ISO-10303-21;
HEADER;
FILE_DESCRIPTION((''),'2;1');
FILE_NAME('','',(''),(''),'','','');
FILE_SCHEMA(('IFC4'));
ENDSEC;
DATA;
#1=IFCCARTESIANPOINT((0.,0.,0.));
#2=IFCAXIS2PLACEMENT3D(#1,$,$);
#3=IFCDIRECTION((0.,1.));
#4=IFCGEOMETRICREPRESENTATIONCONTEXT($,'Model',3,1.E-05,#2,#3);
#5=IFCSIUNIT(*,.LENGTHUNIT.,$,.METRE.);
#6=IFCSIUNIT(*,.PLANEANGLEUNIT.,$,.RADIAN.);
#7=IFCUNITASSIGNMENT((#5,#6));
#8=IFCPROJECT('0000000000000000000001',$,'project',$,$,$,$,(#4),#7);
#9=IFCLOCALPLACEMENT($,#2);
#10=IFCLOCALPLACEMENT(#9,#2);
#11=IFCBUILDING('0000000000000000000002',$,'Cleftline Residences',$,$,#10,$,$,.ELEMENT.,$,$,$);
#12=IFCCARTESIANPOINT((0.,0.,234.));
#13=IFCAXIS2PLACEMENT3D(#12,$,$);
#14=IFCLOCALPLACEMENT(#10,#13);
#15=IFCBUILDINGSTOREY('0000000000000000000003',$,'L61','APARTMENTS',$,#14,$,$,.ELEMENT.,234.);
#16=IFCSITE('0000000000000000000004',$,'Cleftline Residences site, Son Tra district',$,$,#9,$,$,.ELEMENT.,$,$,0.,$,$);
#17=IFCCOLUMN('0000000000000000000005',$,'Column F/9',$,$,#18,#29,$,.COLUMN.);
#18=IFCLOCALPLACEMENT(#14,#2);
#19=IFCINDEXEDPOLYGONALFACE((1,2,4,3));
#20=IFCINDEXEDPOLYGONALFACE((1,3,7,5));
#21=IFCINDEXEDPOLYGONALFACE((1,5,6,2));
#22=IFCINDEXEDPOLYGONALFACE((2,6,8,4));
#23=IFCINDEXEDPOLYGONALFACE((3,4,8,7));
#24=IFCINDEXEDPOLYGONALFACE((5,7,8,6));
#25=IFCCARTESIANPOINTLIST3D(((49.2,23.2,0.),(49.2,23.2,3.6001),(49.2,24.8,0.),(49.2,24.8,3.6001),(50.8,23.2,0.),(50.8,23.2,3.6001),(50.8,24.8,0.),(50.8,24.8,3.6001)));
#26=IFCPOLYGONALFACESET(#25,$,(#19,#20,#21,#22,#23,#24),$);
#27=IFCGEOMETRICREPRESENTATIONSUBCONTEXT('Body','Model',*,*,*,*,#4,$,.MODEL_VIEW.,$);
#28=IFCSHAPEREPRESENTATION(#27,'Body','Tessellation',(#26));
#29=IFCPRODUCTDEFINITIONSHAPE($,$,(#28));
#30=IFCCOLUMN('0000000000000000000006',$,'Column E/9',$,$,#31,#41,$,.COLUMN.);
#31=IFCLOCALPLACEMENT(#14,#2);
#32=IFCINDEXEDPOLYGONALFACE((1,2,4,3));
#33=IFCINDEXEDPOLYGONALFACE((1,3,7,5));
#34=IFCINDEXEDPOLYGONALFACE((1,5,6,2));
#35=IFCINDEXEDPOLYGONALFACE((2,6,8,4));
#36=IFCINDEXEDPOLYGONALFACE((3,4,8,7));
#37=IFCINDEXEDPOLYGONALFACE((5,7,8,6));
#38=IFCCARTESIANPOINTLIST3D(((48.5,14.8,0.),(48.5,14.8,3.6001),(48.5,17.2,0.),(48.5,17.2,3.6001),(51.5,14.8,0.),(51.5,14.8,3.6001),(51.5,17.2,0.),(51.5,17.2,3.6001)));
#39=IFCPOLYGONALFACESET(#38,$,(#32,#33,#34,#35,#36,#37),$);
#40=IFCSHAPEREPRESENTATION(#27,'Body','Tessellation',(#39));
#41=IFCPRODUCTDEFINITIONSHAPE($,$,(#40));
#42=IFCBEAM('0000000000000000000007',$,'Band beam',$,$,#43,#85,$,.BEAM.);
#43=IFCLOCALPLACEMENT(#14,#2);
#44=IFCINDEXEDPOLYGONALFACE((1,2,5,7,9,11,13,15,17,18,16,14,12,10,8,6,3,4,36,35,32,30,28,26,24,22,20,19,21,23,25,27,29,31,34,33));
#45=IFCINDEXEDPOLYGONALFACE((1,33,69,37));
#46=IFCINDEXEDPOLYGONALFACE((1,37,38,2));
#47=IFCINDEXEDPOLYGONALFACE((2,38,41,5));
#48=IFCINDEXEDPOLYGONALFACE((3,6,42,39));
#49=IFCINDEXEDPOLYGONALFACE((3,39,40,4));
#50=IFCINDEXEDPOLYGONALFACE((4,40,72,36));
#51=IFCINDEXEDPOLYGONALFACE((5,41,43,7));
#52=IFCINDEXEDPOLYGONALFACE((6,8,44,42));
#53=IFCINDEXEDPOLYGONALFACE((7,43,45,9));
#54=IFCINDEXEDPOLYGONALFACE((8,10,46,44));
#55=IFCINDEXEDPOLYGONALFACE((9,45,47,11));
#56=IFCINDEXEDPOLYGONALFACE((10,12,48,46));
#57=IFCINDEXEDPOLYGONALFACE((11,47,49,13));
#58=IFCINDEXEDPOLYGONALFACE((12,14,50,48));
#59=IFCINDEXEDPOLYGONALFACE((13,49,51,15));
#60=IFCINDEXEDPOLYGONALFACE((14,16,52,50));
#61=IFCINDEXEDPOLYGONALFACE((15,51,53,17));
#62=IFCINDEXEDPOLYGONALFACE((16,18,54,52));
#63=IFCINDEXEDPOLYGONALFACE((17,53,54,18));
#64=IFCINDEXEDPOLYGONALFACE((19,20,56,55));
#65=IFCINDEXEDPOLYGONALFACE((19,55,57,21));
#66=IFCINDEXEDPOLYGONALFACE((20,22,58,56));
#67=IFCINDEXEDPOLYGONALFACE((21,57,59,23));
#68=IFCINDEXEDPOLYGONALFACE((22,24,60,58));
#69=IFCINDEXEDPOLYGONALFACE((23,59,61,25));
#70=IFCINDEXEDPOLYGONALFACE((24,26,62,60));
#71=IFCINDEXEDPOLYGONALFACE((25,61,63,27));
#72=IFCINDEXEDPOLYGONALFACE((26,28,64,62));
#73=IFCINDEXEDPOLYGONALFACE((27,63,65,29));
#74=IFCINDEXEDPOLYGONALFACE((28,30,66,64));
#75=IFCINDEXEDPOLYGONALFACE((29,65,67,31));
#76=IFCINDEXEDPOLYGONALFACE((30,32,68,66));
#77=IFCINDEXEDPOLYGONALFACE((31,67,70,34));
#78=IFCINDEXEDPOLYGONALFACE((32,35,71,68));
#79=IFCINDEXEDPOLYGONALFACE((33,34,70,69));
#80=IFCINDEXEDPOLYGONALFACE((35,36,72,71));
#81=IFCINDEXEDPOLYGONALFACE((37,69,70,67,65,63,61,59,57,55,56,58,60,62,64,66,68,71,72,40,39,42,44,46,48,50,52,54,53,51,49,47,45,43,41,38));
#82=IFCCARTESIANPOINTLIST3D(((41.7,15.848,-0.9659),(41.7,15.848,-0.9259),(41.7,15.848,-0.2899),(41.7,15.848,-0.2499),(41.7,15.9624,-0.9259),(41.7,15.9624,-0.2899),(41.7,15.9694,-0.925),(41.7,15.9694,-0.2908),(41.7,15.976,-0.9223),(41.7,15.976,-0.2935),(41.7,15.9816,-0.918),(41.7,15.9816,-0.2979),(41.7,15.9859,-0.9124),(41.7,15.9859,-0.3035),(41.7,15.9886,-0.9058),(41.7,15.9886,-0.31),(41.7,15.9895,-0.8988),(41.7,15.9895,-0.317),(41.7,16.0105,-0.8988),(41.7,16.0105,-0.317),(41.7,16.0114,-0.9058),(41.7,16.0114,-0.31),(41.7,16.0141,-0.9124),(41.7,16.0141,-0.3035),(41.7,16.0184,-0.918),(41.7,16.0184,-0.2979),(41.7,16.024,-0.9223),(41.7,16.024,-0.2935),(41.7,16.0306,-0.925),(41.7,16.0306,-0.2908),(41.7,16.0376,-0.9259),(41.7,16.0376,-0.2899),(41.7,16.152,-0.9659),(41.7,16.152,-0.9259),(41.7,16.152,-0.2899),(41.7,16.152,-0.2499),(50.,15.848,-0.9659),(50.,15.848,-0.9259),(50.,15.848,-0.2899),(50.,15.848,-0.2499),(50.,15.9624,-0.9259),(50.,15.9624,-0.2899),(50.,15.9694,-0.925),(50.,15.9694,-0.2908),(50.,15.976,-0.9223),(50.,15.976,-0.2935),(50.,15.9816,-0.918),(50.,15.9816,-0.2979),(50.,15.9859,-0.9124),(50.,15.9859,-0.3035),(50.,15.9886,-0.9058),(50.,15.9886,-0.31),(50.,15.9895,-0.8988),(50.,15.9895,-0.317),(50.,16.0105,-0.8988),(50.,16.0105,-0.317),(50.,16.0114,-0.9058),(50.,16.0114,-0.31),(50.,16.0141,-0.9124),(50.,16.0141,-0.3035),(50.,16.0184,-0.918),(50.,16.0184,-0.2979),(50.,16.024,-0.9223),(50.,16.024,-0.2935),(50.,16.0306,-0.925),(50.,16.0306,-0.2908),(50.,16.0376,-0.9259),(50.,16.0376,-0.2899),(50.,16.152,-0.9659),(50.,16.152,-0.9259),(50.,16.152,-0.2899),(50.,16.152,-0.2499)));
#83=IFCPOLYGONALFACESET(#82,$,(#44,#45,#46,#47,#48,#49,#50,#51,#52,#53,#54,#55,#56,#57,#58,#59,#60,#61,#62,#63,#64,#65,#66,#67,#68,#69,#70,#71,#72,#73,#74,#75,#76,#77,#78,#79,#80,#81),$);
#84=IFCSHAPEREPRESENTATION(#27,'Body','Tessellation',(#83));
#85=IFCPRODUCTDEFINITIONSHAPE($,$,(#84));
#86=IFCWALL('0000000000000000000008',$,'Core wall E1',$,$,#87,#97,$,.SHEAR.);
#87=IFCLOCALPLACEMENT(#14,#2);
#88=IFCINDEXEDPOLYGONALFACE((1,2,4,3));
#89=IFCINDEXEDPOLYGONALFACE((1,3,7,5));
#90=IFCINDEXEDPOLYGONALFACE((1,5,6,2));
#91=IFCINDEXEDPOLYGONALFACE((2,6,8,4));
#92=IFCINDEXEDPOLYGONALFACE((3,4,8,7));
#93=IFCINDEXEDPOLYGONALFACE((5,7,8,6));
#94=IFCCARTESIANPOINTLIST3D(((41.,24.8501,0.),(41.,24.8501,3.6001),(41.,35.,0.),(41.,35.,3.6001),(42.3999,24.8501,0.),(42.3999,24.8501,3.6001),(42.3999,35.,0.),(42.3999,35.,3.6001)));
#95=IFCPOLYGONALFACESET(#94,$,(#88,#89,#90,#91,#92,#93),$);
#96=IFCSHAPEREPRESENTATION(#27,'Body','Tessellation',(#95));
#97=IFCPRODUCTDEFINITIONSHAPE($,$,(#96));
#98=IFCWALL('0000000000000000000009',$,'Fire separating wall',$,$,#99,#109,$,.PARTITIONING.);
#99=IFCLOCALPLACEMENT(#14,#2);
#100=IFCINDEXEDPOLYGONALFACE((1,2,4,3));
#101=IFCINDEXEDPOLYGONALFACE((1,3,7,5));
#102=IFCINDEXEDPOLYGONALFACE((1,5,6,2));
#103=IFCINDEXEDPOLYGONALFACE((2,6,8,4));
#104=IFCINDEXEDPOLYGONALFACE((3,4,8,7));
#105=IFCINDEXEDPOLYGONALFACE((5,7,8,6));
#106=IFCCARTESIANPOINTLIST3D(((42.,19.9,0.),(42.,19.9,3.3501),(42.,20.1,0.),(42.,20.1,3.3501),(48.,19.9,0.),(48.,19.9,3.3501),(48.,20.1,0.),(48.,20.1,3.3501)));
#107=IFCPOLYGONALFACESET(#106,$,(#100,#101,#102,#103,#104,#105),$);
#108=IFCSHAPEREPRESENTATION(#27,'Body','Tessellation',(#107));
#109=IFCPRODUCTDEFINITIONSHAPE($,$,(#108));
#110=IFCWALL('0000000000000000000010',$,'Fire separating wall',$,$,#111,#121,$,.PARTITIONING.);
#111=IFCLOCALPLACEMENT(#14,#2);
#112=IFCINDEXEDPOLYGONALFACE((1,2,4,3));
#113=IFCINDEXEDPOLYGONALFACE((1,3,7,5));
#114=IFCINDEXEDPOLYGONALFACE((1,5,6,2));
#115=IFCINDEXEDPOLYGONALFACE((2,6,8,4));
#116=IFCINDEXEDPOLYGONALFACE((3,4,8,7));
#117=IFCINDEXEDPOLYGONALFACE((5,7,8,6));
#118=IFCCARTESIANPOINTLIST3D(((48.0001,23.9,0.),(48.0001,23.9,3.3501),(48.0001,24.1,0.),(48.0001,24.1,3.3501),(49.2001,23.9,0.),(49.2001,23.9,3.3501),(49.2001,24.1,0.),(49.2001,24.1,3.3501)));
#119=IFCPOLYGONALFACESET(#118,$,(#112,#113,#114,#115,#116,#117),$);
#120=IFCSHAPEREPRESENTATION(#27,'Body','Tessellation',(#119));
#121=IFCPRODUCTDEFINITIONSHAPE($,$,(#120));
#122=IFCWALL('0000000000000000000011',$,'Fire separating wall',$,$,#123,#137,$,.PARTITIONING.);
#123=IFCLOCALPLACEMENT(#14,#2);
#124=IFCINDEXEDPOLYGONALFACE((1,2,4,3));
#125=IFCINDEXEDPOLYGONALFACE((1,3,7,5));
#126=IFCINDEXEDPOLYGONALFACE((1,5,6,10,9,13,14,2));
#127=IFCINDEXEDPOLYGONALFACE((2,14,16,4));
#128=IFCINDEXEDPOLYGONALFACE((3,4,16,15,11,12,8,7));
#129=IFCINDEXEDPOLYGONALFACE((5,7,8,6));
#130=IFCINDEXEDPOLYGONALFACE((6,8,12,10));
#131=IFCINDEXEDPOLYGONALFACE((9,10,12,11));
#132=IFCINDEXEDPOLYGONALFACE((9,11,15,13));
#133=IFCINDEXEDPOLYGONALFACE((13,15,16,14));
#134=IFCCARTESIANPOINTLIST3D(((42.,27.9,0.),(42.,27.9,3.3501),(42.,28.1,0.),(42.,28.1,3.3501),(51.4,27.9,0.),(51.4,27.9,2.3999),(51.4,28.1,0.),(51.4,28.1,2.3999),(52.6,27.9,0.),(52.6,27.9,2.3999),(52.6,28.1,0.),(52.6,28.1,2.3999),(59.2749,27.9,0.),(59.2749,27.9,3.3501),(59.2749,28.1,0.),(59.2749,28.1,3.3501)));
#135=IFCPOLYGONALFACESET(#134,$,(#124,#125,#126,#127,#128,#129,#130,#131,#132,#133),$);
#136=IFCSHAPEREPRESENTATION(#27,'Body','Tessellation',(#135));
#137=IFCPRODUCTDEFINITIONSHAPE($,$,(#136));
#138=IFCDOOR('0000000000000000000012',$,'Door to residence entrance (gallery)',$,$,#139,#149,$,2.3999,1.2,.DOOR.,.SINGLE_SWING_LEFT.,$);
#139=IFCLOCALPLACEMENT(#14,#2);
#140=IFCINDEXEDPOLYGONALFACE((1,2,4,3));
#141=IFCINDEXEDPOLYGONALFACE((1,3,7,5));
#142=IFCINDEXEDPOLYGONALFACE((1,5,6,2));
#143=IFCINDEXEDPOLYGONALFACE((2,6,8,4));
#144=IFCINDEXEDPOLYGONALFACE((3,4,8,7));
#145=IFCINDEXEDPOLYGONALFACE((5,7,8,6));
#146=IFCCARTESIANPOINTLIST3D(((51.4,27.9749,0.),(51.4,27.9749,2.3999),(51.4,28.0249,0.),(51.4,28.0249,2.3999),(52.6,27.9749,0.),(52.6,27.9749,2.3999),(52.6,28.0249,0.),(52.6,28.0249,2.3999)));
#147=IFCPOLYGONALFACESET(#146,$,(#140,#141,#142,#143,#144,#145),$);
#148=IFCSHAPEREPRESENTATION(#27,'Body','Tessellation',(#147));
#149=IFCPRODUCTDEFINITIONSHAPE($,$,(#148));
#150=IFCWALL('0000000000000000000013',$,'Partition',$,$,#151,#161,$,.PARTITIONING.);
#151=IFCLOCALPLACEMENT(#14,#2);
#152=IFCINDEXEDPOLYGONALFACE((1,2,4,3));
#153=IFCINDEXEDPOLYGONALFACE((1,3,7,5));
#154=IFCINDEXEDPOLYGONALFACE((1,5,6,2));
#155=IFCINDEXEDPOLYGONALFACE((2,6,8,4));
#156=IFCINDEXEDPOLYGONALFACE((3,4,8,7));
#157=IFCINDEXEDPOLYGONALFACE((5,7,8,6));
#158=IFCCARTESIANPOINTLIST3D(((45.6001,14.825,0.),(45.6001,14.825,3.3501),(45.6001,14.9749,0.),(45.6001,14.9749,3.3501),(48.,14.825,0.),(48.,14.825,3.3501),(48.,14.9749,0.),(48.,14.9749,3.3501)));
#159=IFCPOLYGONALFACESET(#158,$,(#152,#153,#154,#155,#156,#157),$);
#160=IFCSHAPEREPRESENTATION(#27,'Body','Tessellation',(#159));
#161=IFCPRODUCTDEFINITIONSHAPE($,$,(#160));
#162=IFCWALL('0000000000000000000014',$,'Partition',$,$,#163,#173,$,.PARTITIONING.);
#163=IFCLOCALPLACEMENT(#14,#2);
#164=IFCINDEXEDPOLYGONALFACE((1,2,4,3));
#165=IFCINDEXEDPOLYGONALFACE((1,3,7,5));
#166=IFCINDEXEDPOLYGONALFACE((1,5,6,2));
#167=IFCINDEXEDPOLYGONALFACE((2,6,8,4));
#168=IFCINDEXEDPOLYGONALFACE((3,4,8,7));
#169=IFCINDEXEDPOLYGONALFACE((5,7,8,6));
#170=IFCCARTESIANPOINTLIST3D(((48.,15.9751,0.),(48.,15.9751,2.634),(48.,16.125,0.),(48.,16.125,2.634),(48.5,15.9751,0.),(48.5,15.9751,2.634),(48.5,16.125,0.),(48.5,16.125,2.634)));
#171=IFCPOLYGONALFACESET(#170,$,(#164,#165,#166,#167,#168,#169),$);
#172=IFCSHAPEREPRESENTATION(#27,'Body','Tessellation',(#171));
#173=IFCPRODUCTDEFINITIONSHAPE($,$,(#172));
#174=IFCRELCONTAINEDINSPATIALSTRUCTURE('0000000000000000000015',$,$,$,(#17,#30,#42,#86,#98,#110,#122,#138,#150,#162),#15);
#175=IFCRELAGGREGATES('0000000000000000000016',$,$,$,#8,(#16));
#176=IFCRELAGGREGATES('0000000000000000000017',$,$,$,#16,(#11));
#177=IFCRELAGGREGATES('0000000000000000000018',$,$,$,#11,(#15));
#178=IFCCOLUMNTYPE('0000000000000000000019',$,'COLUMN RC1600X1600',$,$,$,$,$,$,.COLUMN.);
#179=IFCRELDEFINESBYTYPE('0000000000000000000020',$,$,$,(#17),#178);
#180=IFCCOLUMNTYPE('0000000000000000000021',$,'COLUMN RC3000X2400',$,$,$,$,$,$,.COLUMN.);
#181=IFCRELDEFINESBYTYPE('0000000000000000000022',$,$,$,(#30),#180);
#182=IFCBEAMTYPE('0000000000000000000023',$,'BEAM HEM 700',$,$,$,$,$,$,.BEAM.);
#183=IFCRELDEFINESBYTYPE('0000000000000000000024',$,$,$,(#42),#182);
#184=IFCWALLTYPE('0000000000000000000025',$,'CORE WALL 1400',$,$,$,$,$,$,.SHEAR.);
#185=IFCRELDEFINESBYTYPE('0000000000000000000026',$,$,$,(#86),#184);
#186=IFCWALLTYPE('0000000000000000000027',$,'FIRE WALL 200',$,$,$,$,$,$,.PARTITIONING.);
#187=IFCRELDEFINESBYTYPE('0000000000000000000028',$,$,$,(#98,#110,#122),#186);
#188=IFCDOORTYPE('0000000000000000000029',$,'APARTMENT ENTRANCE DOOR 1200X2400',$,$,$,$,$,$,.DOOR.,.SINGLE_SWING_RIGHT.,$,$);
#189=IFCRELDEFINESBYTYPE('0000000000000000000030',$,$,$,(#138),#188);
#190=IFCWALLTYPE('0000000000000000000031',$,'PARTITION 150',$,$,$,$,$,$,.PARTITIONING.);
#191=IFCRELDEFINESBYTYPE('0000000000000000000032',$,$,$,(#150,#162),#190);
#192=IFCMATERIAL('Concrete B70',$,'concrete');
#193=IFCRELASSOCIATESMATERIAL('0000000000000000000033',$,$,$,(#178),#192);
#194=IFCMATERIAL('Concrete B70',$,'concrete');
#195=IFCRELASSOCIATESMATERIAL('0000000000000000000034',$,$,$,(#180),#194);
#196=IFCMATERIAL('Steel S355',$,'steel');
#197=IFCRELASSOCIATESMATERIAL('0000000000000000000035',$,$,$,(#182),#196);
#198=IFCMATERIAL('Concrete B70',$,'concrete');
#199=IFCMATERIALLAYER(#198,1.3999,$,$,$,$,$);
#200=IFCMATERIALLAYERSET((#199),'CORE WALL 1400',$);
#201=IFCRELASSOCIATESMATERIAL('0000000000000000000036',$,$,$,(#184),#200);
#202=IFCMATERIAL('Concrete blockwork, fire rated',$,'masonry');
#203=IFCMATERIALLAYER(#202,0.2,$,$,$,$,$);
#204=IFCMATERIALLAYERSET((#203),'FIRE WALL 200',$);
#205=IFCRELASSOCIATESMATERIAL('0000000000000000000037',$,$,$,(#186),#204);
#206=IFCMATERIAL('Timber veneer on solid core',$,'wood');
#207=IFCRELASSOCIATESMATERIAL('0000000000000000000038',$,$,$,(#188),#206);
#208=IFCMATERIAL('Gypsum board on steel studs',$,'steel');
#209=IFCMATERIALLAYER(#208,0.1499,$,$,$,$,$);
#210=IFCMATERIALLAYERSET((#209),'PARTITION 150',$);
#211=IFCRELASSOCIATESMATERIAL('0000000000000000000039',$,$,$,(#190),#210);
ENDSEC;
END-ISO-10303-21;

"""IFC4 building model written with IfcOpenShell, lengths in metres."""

from ifc_helpers import new_model, si_unit, direction, frame, frame_2d, origin, origin_2d, place, context, subcontext, project, spatial, rectangle, i_section, extrude, material, layer, layer_set, material_profile, profile_set, type_object, element, fill, save


model = new_model("IFC4")

# Units and contexts
model_context = context("Model", 3, precision=1e-05, world=origin(), true_north=direction((0.0, 1.0)))
body_context = subcontext(model_context, "Body", "Model", "MODEL_VIEW")
ifc_project = project(units=[si_unit("LENGTHUNIT", "METRE"), si_unit("PLANEANGLEUNIT", "RADIAN")], contexts=[model_context])

# Site, building, storey
site_placement = place(None, origin())
site = spatial("IfcSite", under=ifc_project, at=site_placement, Name="Cleftline Residences site, Son Tra district", CompositionType="ELEMENT", RefElevation=0.0)
building_placement = place(site_placement, origin())
building = spatial("IfcBuilding", under=site, at=building_placement, Name="Cleftline Residences", CompositionType="ELEMENT")
storey_placement = place(building_placement, frame((0.0, 0.0, 234.0)))
storey = spatial("IfcBuildingStorey", under=building, at=storey_placement, Name="L61", Description="APARTMENTS", CompositionType="ELEMENT", Elevation=234.0)

# Columns
ifc_material_1 = material(Name="Concrete B70", Category="concrete")
ifc_material_profile_1 = material_profile(ifc_material_1, rectangle(XDim=1.6001, YDim=1.6001, at=origin_2d()))
ifc_profile_set_1 = profile_set([ifc_material_profile_1], Name="Concrete B70")
column_type_1 = type_object("IfcColumnType", Name="COLUMN RC1600X1600", PredefinedType="COLUMN", material=ifc_profile_set_1)
column_1_placement = place(storey_placement, frame((50.0, 24.0, 0.0), z_axis=(0.0, 0.0, 1.0), x_axis=(1.0, 0.0, 0.0)))
element("IfcColumn", 1, at=column_1_placement, inside=storey, type_object=column_type_1, Name="Column F/9", PredefinedType="COLUMN", context=body_context, shape_type="SweptSolid", body=[
    extrude(rectangle(XDim=1.6001, YDim=1.6001, at=origin_2d()), origin(), (0.0, 0.0, 1.0), 3.6001),
])
ifc_material_2 = material(Name="Concrete B70", Category="concrete")
ifc_material_profile_2 = material_profile(ifc_material_2, rectangle(XDim=3.0, YDim=2.3999, at=origin_2d()))
ifc_profile_set_2 = profile_set([ifc_material_profile_2], Name="Concrete B70")
column_type_2 = type_object("IfcColumnType", Name="COLUMN RC3000X2400", PredefinedType="COLUMN", material=ifc_profile_set_2)
column_2_placement = place(storey_placement, frame((50.0, 16.0, 0.0), z_axis=(0.0, 0.0, 1.0), x_axis=(1.0, 0.0, 0.0)))
element("IfcColumn", 2, at=column_2_placement, inside=storey, type_object=column_type_2, Name="Column E/9", PredefinedType="COLUMN", context=body_context, shape_type="SweptSolid", body=[
    extrude(rectangle(XDim=3.0, YDim=2.3999, at=origin_2d()), origin(), (0.0, 0.0, 1.0), 3.6001),
])

# Beam
ifc_material_3 = material(Name="Steel S355", Category="steel")
ifc_material_profile_3 = material_profile(ifc_material_3, i_section(OverallWidth=0.304, OverallDepth=0.7161, WebThickness=0.021, FlangeThickness=0.04, FilletRadius=0.0271, at=origin_2d()))
ifc_profile_set_3 = profile_set([ifc_material_profile_3], Name="Steel S355")
beam_type = type_object("IfcBeamType", Name="BEAM HEM 700", PredefinedType="BEAM", material=ifc_profile_set_3)
beam_placement = place(storey_placement, frame((50.0, 16.0, -0.6079), z_axis=(-1.0, 0.0, 0.0), x_axis=(0.0, -1.0, 0.0)))
element("IfcBeam", 3, at=beam_placement, inside=storey, type_object=beam_type, Name="Band beam", PredefinedType="BEAM", context=body_context, shape_type="SweptSolid", body=[
    extrude(i_section(OverallWidth=0.304, OverallDepth=0.7161, WebThickness=0.021, FlangeThickness=0.04, FilletRadius=0.0271, at=origin_2d()), origin(), (0.0, 0.0, 1.0), 8.3),
])

# Walls
ifc_material_4 = material(Name="Concrete B70", Category="concrete")
ifc_layer_1 = layer(ifc_material_4, 1.3999)
ifc_layer_set_1 = layer_set([ifc_layer_1], Name="CORE WALL 1400")
wall_type_1 = type_object("IfcWallType", Name="CORE WALL 1400", PredefinedType="SHEAR", material=ifc_layer_set_1)
wall_1_placement = place(storey_placement, frame((41.7, 24.8501, 0.0), z_axis=(0.0, 0.0, 1.0), x_axis=(0.0, 1.0, 0.0)))
element("IfcWall", 4, at=wall_1_placement, inside=storey, type_object=wall_type_1, Name="Core wall E1", PredefinedType="SHEAR", context=body_context, shape_type="SweptSolid", body=[
    extrude(rectangle(XDim=10.1499, YDim=1.3999, at=frame_2d((5.075, 0.0))), origin(), (0.0, 0.0, 1.0), 3.6001),
])
ifc_material_5 = material(Name="Concrete blockwork, fire rated", Category="masonry")
ifc_layer_2 = layer(ifc_material_5, 0.2)
ifc_layer_set_2 = layer_set([ifc_layer_2], Name="FIRE WALL 200")
wall_type_2 = type_object("IfcWallType", Name="FIRE WALL 200", PredefinedType="PARTITIONING", material=ifc_layer_set_2)
wall_2_placement = place(storey_placement, frame((42.0, 20.0, 0.0), z_axis=(0.0, 0.0, 1.0), x_axis=(1.0, 0.0, 0.0)))
element("IfcWall", 5, at=wall_2_placement, inside=storey, type_object=wall_type_2, Name="Fire separating wall", PredefinedType="PARTITIONING", context=body_context, shape_type="SweptSolid", body=[
    extrude(rectangle(XDim=6.0, YDim=0.2, at=frame_2d((3.0, 0.0))), origin(), (0.0, 0.0, 1.0), 3.3501),
])
wall_3_placement = place(storey_placement, frame((48.0, 24.0, 0.0), z_axis=(0.0, 0.0, 1.0), x_axis=(1.0, 0.0, 0.0)))
element("IfcWall", 6, at=wall_3_placement, inside=storey, type_object=wall_type_2, Name="Fire separating wall", PredefinedType="PARTITIONING", context=body_context, shape_type="SweptSolid", body=[
    extrude(rectangle(XDim=1.2, YDim=0.2, at=frame_2d((0.6001, 0.0))), origin(), (0.0, 0.0, 1.0), 3.3501),
])

# Wall, opening, door
wall_4_placement = place(storey_placement, frame((42.0, 28.0, 0.0), z_axis=(0.0, 0.0, 1.0), x_axis=(1.0, 0.0, 0.0)))
wall_4 = element("IfcWall", 7, at=wall_4_placement, inside=storey, type_object=wall_type_2, Name="Fire separating wall", PredefinedType="PARTITIONING", context=body_context, shape_type="SweptSolid", body=[
    extrude(rectangle(XDim=17.2749, YDim=0.2, at=frame_2d((8.6375, 0.0))), origin(), (0.0, 0.0, 1.0), 3.3501),
])
opening_1_placement = place(wall_4_placement, frame((9.3999, 0.0, 0.0)))
opening_1 = element("IfcOpeningElement", 8, at=opening_1_placement, cuts=wall_4, PredefinedType="OPENING", context=body_context, shape_type="SweptSolid", body=[
    extrude(rectangle(XDim=1.2, YDim=2.3999, at=frame_2d((0.6001, 1.2))), frame((0.0, 0.1099, 0.0), z_axis=(0.0, -1.0, 0.0), x_axis=(1.0, 0.0, 0.0)), (0.0, 0.0, 1.0), 0.22),
])
ifc_material_6 = material(Name="Timber veneer on solid core", Category="wood")
door_type_1 = type_object("IfcDoorType", Name="APARTMENT ENTRANCE DOOR 1200X2400", OperationType="SINGLE_SWING_RIGHT", PredefinedType="DOOR", material=ifc_material_6)
door_1_placement = place(opening_1_placement, origin())
door_1 = element("IfcDoor", 9, at=door_1_placement, inside=storey, type_object=door_type_1, Name="Door to residence entrance (gallery)", OperationType="SINGLE_SWING_LEFT", OverallHeight=2.3999, OverallWidth=1.2, PredefinedType="DOOR", context=body_context, shape_type="SweptSolid", body=[
    extrude(rectangle(XDim=1.2, YDim=2.3999, at=frame_2d((0.6001, 1.2))), frame((0.0, 0.0249, 0.0), z_axis=(0.0, -1.0, 0.0), x_axis=(1.0, 0.0, 0.0)), (0.0, 0.0, 1.0), 0.05),
])
fill(opening_1, door_1)

# Walls
ifc_material_7 = material(Name="Gypsum board on steel studs", Category="steel")
ifc_layer_3 = layer(ifc_material_7, 0.1499)
ifc_layer_set_3 = layer_set([ifc_layer_3], Name="PARTITION 150")
wall_type_3 = type_object("IfcWallType", Name="PARTITION 150", PredefinedType="PARTITIONING", material=ifc_layer_set_3)
wall_5_placement = place(storey_placement, frame((45.6001, 14.8999, 0.0), z_axis=(0.0, 0.0, 1.0), x_axis=(1.0, 0.0, 0.0)))
element("IfcWall", 10, at=wall_5_placement, inside=storey, type_object=wall_type_3, Name="Partition", PredefinedType="PARTITIONING", context=body_context, shape_type="SweptSolid", body=[
    extrude(rectangle(XDim=2.3999, YDim=0.1499, at=frame_2d((1.2, 0.0))), origin(), (0.0, 0.0, 1.0), 3.3501),
])
wall_6_placement = place(storey_placement, frame((48.0, 16.05, 0.0), z_axis=(0.0, 0.0, 1.0), x_axis=(1.0, 0.0, 0.0)))
element("IfcWall", 11, at=wall_6_placement, inside=storey, type_object=wall_type_3, Name="Partition", PredefinedType="PARTITIONING", context=body_context, shape_type="SweptSolid", body=[
    extrude(rectangle(XDim=0.5, YDim=0.1499, at=frame_2d((0.25, 0.0))), origin(), (0.0, 0.0, 1.0), 2.634),
])

save(model, "model.ifc")
